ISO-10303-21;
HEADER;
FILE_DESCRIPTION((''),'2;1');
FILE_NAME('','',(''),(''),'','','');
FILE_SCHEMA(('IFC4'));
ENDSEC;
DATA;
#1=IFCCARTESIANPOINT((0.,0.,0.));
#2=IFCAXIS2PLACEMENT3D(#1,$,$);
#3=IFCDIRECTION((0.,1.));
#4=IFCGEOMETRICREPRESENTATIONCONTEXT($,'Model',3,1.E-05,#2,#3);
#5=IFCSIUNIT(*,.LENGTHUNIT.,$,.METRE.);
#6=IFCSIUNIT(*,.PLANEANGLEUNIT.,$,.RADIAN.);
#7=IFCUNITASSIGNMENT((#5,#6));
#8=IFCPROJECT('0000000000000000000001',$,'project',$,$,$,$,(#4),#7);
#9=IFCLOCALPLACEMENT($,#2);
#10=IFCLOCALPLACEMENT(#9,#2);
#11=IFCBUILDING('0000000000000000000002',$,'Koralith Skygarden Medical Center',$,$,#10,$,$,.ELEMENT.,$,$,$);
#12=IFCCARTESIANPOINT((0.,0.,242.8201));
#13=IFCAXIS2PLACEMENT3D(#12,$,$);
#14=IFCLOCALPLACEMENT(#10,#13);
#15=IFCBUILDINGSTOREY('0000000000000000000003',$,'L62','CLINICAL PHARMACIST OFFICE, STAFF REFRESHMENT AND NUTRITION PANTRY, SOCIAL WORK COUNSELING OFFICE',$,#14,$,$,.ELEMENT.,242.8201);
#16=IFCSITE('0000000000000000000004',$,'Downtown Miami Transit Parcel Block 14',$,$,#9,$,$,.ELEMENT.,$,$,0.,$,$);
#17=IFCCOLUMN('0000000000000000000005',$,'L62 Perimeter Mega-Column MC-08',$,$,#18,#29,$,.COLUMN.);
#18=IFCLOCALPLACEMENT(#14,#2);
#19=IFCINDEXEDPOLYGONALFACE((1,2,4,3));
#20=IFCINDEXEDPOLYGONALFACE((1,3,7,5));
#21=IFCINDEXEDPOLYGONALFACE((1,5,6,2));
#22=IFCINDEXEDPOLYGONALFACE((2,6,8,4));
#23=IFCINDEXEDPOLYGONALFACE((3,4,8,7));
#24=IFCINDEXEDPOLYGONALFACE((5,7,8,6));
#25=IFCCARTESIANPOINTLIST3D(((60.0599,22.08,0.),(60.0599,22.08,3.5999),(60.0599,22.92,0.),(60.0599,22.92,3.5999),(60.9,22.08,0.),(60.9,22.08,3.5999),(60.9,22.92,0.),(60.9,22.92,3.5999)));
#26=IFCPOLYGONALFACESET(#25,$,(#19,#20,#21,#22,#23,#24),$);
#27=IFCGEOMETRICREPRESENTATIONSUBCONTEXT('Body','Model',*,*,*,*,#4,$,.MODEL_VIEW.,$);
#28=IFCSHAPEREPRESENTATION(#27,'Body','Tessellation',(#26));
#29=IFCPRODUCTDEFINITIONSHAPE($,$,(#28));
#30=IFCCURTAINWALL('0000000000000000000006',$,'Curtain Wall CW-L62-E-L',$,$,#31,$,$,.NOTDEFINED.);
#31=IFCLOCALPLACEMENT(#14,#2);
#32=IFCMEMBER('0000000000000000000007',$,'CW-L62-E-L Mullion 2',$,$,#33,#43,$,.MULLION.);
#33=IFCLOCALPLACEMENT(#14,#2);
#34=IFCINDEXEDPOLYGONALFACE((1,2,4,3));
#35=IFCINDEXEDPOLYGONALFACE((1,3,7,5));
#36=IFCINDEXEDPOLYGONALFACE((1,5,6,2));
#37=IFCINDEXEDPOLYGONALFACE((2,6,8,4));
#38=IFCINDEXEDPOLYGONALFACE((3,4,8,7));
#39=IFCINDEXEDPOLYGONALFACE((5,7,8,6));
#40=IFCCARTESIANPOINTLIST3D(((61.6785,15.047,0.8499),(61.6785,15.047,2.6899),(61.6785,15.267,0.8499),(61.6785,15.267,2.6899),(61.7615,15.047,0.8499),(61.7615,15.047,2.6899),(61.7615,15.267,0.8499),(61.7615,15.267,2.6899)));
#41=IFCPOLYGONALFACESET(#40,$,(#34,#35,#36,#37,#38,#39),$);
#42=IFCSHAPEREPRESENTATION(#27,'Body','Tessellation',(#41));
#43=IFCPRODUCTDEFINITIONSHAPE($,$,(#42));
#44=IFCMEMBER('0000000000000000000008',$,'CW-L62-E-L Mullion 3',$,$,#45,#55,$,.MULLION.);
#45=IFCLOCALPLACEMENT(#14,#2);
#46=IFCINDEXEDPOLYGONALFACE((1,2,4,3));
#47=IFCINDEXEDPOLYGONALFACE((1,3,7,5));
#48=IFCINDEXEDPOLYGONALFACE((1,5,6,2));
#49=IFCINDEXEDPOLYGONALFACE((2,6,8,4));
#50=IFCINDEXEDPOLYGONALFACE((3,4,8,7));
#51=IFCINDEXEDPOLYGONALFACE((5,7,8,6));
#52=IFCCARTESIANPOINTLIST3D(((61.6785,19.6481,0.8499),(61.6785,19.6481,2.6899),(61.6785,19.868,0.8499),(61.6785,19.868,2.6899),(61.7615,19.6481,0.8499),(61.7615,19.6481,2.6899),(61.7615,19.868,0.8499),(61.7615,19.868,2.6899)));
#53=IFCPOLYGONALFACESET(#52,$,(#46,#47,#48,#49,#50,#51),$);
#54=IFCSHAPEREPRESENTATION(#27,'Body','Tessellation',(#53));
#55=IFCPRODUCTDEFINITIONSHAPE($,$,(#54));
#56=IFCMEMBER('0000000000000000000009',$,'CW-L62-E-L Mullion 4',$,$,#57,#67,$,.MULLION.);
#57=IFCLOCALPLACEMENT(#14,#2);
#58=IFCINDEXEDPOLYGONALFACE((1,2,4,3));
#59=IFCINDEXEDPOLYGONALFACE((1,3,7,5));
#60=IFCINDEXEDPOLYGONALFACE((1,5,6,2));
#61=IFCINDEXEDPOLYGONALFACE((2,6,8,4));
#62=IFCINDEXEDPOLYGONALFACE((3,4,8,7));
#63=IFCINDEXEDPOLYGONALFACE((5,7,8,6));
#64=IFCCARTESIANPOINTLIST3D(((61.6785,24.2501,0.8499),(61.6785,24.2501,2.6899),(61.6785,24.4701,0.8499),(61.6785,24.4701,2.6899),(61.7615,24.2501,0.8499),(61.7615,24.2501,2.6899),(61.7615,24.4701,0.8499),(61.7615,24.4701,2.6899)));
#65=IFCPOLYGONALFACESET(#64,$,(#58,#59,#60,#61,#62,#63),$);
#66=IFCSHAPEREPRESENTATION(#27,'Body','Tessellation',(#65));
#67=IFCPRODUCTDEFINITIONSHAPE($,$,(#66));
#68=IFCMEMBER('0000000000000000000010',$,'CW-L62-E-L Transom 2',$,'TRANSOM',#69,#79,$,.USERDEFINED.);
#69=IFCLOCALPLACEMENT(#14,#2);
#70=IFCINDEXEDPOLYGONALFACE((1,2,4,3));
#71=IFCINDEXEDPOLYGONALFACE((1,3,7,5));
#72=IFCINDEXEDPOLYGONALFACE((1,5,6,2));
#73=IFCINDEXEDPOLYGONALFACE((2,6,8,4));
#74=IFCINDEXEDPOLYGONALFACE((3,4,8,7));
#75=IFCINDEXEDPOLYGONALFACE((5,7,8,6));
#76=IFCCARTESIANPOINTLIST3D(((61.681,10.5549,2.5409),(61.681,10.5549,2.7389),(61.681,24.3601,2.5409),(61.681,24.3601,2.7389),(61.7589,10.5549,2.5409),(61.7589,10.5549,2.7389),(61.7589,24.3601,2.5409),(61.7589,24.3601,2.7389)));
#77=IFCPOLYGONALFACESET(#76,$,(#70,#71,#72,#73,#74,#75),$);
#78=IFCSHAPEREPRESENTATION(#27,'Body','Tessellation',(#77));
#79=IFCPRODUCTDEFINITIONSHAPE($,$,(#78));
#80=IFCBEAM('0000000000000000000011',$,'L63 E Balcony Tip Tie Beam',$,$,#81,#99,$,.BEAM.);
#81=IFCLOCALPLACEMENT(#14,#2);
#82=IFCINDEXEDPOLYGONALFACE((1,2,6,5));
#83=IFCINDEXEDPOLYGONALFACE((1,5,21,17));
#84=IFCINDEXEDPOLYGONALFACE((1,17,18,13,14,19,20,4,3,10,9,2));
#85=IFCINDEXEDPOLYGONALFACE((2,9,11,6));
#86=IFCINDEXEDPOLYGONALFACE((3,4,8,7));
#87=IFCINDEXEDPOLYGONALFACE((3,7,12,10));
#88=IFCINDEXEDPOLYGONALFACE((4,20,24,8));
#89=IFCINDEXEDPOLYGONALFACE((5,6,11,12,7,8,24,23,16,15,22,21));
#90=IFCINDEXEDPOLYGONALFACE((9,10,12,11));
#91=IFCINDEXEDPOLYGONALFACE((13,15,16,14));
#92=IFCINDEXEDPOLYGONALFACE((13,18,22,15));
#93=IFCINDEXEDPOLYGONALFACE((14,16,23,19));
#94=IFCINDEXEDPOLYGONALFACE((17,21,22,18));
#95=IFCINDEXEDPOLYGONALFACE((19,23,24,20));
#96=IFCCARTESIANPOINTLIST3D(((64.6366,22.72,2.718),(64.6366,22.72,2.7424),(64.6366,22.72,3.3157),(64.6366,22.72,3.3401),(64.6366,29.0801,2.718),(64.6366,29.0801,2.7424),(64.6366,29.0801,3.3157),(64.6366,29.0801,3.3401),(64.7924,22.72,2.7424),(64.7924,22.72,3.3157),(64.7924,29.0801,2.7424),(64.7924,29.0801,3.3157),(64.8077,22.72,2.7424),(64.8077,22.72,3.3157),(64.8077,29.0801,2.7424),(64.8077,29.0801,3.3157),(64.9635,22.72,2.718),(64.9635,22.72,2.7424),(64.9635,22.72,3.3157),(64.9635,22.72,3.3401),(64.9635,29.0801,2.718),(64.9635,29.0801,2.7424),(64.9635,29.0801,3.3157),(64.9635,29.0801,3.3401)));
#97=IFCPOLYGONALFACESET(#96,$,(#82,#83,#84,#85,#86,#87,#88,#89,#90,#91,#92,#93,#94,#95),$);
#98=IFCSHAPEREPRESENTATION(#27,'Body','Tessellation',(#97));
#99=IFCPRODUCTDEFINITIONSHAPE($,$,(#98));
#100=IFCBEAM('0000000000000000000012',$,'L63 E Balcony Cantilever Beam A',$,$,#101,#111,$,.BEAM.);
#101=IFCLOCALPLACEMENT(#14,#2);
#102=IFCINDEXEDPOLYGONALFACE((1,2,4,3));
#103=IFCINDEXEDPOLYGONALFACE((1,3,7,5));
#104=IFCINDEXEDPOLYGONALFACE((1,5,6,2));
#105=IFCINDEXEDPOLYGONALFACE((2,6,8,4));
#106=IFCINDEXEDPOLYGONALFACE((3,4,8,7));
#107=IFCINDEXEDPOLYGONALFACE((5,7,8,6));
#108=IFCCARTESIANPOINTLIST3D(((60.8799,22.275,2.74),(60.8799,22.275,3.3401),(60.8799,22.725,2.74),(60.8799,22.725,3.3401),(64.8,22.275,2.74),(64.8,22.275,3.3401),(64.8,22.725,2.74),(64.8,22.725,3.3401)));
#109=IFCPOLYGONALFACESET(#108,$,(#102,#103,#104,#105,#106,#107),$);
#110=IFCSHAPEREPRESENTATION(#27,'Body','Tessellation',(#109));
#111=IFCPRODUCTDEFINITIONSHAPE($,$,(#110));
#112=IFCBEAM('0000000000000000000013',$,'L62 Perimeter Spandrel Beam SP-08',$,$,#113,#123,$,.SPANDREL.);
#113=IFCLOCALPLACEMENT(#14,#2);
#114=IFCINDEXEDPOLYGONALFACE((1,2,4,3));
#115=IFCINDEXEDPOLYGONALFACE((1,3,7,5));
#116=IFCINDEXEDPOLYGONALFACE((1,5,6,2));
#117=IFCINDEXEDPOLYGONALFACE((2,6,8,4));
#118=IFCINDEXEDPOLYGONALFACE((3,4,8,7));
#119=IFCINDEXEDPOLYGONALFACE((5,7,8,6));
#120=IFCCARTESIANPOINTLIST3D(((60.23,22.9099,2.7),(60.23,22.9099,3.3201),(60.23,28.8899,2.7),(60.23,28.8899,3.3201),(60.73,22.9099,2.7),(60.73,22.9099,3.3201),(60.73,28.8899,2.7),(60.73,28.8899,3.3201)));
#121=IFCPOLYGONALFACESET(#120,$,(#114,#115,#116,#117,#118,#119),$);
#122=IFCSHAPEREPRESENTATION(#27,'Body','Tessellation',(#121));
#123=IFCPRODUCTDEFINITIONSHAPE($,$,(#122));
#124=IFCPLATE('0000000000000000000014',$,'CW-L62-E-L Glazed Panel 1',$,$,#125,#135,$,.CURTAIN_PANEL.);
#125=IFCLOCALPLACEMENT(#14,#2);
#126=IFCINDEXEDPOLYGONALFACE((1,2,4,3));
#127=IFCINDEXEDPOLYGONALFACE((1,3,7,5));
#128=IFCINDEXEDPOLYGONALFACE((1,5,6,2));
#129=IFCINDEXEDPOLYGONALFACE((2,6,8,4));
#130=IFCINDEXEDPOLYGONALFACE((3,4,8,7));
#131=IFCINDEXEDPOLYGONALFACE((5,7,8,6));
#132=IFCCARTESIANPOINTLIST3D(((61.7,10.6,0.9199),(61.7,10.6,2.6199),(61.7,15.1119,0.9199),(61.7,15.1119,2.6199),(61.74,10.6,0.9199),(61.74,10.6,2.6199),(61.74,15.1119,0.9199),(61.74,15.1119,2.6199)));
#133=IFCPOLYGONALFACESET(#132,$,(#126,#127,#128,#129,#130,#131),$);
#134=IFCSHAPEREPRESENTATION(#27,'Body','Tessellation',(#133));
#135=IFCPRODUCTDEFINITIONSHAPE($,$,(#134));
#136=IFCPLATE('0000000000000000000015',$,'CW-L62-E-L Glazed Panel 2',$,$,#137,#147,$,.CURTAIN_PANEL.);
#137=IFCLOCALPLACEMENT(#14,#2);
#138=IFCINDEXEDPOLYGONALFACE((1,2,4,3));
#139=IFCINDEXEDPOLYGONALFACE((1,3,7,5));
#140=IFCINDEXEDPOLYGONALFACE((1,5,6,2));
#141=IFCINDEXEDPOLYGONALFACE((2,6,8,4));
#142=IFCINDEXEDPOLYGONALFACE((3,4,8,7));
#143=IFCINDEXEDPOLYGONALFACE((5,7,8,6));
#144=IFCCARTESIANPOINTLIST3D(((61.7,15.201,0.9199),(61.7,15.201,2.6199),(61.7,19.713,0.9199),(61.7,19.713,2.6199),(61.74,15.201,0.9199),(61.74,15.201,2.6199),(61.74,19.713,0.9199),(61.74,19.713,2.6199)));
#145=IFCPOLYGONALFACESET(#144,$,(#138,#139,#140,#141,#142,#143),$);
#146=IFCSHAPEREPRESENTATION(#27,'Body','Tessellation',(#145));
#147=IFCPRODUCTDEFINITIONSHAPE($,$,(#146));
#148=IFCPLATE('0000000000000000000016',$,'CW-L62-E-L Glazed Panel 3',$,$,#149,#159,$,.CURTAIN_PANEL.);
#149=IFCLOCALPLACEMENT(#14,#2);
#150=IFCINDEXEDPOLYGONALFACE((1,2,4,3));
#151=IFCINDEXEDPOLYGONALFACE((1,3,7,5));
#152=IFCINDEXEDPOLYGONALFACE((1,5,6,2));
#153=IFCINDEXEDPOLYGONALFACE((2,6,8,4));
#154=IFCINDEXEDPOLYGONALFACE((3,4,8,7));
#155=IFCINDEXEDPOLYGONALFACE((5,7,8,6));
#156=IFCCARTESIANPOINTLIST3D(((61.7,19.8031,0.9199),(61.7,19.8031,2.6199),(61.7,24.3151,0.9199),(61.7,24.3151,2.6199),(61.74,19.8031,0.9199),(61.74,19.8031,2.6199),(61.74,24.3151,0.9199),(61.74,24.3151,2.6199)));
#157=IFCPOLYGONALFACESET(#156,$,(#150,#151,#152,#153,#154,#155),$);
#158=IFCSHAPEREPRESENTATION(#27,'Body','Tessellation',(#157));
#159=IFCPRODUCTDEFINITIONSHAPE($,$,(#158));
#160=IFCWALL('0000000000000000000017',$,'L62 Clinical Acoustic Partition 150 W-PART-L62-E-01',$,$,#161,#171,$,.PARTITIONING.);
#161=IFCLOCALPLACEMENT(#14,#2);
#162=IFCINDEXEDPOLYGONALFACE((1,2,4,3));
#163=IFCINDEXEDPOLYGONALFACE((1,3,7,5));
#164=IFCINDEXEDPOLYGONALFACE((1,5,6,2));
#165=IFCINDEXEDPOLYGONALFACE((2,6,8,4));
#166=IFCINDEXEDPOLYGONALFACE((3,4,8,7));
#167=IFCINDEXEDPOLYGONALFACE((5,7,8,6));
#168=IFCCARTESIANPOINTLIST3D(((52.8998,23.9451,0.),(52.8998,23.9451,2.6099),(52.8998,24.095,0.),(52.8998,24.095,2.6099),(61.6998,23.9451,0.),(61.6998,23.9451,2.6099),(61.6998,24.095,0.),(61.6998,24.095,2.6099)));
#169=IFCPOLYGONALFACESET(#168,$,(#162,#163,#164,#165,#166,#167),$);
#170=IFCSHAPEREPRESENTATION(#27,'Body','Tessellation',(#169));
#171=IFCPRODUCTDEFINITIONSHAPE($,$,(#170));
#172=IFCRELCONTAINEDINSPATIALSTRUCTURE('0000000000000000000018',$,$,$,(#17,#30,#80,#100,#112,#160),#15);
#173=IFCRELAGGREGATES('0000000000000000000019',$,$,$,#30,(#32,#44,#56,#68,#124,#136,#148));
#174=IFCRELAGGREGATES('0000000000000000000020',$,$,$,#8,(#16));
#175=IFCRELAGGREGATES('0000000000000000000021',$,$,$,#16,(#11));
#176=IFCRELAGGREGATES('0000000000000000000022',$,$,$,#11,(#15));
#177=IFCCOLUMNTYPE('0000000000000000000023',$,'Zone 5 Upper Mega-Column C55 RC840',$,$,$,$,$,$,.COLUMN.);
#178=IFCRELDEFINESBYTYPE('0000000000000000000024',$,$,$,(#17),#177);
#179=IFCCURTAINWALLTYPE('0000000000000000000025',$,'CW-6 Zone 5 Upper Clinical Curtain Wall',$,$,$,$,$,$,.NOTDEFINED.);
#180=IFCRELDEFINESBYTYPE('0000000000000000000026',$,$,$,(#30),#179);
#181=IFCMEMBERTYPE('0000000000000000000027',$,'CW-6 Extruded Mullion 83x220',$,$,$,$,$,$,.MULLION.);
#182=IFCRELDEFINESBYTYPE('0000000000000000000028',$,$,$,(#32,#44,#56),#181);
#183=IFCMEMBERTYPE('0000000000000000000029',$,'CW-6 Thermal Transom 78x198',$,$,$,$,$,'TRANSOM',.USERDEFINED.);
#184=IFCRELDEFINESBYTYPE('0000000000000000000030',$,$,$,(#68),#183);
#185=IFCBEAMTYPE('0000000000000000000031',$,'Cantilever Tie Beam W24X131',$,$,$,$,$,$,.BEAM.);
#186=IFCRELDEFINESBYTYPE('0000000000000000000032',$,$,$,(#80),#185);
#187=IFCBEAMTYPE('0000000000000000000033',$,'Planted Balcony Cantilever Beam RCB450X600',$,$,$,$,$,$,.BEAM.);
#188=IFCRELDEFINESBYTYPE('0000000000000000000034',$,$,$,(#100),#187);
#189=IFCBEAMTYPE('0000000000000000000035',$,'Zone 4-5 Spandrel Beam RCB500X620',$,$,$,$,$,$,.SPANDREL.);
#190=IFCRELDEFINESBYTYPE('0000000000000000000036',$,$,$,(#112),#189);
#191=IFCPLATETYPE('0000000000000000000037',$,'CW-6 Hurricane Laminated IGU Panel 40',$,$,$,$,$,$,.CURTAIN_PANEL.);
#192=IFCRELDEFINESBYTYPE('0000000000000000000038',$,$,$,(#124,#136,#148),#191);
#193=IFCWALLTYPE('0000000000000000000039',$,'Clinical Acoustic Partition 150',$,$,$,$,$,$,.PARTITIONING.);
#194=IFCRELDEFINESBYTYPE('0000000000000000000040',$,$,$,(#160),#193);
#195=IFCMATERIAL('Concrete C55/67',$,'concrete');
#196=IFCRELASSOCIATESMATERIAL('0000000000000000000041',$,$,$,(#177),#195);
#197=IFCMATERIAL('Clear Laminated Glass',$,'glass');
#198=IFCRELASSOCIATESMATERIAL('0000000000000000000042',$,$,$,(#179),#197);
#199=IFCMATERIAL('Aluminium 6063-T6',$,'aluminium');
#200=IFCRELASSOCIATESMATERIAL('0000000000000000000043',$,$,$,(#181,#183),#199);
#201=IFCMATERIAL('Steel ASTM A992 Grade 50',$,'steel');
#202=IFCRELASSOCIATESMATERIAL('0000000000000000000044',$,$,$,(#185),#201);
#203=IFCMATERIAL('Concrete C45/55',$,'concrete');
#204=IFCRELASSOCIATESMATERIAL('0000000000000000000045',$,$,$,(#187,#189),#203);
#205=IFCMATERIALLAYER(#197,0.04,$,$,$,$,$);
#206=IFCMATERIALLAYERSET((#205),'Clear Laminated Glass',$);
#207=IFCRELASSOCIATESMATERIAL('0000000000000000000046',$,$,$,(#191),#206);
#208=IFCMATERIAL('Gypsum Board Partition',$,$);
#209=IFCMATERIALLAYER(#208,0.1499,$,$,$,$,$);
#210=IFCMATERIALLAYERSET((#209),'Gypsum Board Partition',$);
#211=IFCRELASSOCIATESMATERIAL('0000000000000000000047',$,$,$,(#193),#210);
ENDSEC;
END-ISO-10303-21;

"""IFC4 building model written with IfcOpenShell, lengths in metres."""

from ifc_helpers import new_model, si_unit, direction, frame, frame_2d, origin, origin_2d, place, context, subcontext, project, spatial, rectangle, i_section, extrude, material, layer, layer_set, material_profile, profile_set, type_object, element, aggregate, save


model = new_model("IFC4")

# Units and contexts
model_context = context("Model", 3, precision=1e-05, world=origin(), true_north=direction((0.0, 1.0)))
body_context = subcontext(model_context, "Body", "Model", "MODEL_VIEW")
ifc_project = project(units=[si_unit("LENGTHUNIT", "METRE"), si_unit("PLANEANGLEUNIT", "RADIAN")], contexts=[model_context])

# Site, building, storey
site_placement = place(None, origin())
site = spatial("IfcSite", under=ifc_project, at=site_placement, Name="Downtown Miami Transit Parcel Block 14", CompositionType="ELEMENT", RefElevation=0.0)
building_placement = place(site_placement, origin())
building = spatial("IfcBuilding", under=site, at=building_placement, Name="Koralith Skygarden Medical Center", CompositionType="ELEMENT")
storey_placement = place(building_placement, frame((0.0, 0.0, 242.8201)))
storey = spatial("IfcBuildingStorey", under=building, at=storey_placement, Name="L62", Description="CLINICAL PHARMACIST OFFICE, STAFF REFRESHMENT AND NUTRITION PANTRY, SOCIAL WORK COUNSELING OFFICE", CompositionType="ELEMENT", Elevation=242.8201)

# Column
ifc_material_1 = material(Name="Concrete C55/67", Category="concrete")
ifc_material_profile_1 = material_profile(ifc_material_1, rectangle(XDim=0.8401, YDim=0.8401, at=origin_2d()), Name="RC840X840")
ifc_profile_set_1 = profile_set([ifc_material_profile_1], Name="Concrete C55/67")
column_type = type_object("IfcColumnType", Name="Zone 5 Upper Mega-Column C55 RC840", PredefinedType="COLUMN", material=ifc_profile_set_1)
column_placement = place(storey_placement, frame((60.48, 22.5, 0.0), z_axis=(0.0, 0.0, 1.0), x_axis=(1.0, 0.0, 0.0)))
element("IfcColumn", 1, at=column_placement, inside=storey, type_object=column_type, Name="L62 Perimeter Mega-Column MC-08", PredefinedType="COLUMN", context=body_context, shape_type="SweptSolid", body=[
    extrude(rectangle(XDim=0.8401, YDim=0.8401, at=origin_2d()), origin(), (0.0, 0.0, 1.0), 3.5999),
])

# Curtain wall, members
ifc_material_2 = material(Name="Clear Laminated Glass", Category="glass")
curtain_wall_type = type_object("IfcCurtainWallType", Name="CW-6 Zone 5 Upper Clinical Curtain Wall", PredefinedType="NOTDEFINED", material=ifc_material_2)
curtain_wall_placement = place(storey_placement, origin())
curtain_wall = element("IfcCurtainWall", 2, at=curtain_wall_placement, inside=storey, type_object=curtain_wall_type, Name="Curtain Wall CW-L62-E-L", PredefinedType="NOTDEFINED")
ifc_material_3 = material(Name="Aluminium 6063-T6", Category="aluminium")
ifc_material_profile_2 = material_profile(ifc_material_3, rectangle(XDim=0.083, YDim=0.22, at=origin_2d()), Name="MUL83X220")
ifc_profile_set_2 = profile_set([ifc_material_profile_2], Name="Aluminium 6063-T6")
member_type_1 = type_object("IfcMemberType", Name="CW-6 Extruded Mullion 83x220", PredefinedType="MULLION", material=ifc_profile_set_2)
member_1_placement = place(storey_placement, frame((61.72, 15.157, 0.8499), z_axis=(0.0, 0.0, 1.0), x_axis=(1.0, 0.0, 0.0)))
member_1 = element("IfcMember", 3, at=member_1_placement, type_object=member_type_1, Name="CW-L62-E-L Mullion 2", PredefinedType="MULLION", context=body_context, shape_type="SweptSolid", body=[
    extrude(rectangle(XDim=0.083, YDim=0.22, at=origin_2d()), origin(), (0.0, 0.0, 1.0), 1.8401),
])
member_2_placement = place(storey_placement, frame((61.72, 19.7581, 0.8499), z_axis=(0.0, 0.0, 1.0), x_axis=(1.0, 0.0, 0.0)))
member_2 = element("IfcMember", 4, at=member_2_placement, type_object=member_type_1, Name="CW-L62-E-L Mullion 3", PredefinedType="MULLION", context=body_context, shape_type="SweptSolid", body=[
    extrude(rectangle(XDim=0.083, YDim=0.22, at=origin_2d()), origin(), (0.0, 0.0, 1.0), 1.8401),
])
member_3_placement = place(storey_placement, frame((61.72, 24.3601, 0.8499), z_axis=(0.0, 0.0, 1.0), x_axis=(1.0, 0.0, 0.0)))
member_3 = element("IfcMember", 5, at=member_3_placement, type_object=member_type_1, Name="CW-L62-E-L Mullion 4", PredefinedType="MULLION", context=body_context, shape_type="SweptSolid", body=[
    extrude(rectangle(XDim=0.083, YDim=0.22, at=origin_2d()), origin(), (0.0, 0.0, 1.0), 1.8401),
])
ifc_material_profile_3 = material_profile(ifc_material_3, rectangle(XDim=0.0779, YDim=0.198, at=origin_2d()), Name="TRN78X198")
ifc_profile_set_3 = profile_set([ifc_material_profile_3], Name="Aluminium 6063-T6")
member_type_2 = type_object("IfcMemberType", Name="CW-6 Thermal Transom 78x198", ElementType="TRANSOM", PredefinedType="USERDEFINED", material=ifc_profile_set_3)
member_4_placement = place(storey_placement, frame((61.72, 10.5549, 2.6399), z_axis=(0.0, 1.0, 0.0), x_axis=(-1.0, 0.0, 0.0)))
member_4 = element("IfcMember", 6, at=member_4_placement, type_object=member_type_2, Name="CW-L62-E-L Transom 2", ObjectType="TRANSOM", PredefinedType="USERDEFINED", context=body_context, shape_type="SweptSolid", body=[
    extrude(rectangle(XDim=0.0779, YDim=0.198, at=origin_2d()), origin(), (0.0, 0.0, 1.0), 13.8052),
])

# Beams
ifc_material_4 = material(Name="Steel ASTM A992 Grade 50", Category="steel")
ifc_material_profile_4 = material_profile(ifc_material_4, i_section(OverallWidth=0.3269, OverallDepth=0.6221, WebThickness=0.0154, FlangeThickness=0.0244, at=origin_2d()), Name="W24X131")
ifc_profile_set_4 = profile_set([ifc_material_profile_4], Name="Steel ASTM A992 Grade 50")
beam_type_1 = type_object("IfcBeamType", Name="Cantilever Tie Beam W24X131", PredefinedType="BEAM", material=ifc_profile_set_4)
beam_1_placement = place(storey_placement, frame((64.8, 22.72, 3.0291), z_axis=(0.0, 1.0, 0.0), x_axis=(-1.0, 0.0, 0.0)))
element("IfcBeam", 7, at=beam_1_placement, inside=storey, type_object=beam_type_1, Name="L63 E Balcony Tip Tie Beam", PredefinedType="BEAM", context=body_context, shape_type="SweptSolid", body=[
    extrude(i_section(OverallWidth=0.3269, OverallDepth=0.6221, WebThickness=0.0154, FlangeThickness=0.0244, at=origin_2d()), origin(), (0.0, 0.0, 1.0), 6.3601),
])
ifc_material_5 = material(Name="Concrete C45/55", Category="concrete")
ifc_material_profile_5 = material_profile(ifc_material_5, rectangle(XDim=0.45, YDim=0.6001, at=origin_2d()), Name="RCB450X600")
ifc_profile_set_5 = profile_set([ifc_material_profile_5], Name="Concrete C45/55")
beam_type_2 = type_object("IfcBeamType", Name="Planted Balcony Cantilever Beam RCB450X600", PredefinedType="BEAM", material=ifc_profile_set_5)
beam_2_placement = place(storey_placement, frame((60.8799, 22.5, 3.04), z_axis=(1.0, 0.0, 0.0), x_axis=(0.0, 1.0, 0.0)))
element("IfcBeam", 8, at=beam_2_placement, inside=storey, type_object=beam_type_2, Name="L63 E Balcony Cantilever Beam A", PredefinedType="BEAM", context=body_context, shape_type="SweptSolid", body=[
    extrude(rectangle(XDim=0.45, YDim=0.6001, at=origin_2d()), origin(), (0.0, 0.0, 1.0), 3.9202),
])
ifc_material_profile_6 = material_profile(ifc_material_5, rectangle(XDim=0.5, YDim=0.6201, at=origin_2d()), Name="RCB500X620")
ifc_profile_set_6 = profile_set([ifc_material_profile_6], Name="Concrete C45/55")
beam_type_3 = type_object("IfcBeamType", Name="Zone 4-5 Spandrel Beam RCB500X620", PredefinedType="SPANDREL", material=ifc_profile_set_6)
beam_3_placement = place(storey_placement, frame((60.48, 22.9099, 3.01), z_axis=(0.0, 1.0, 0.0), x_axis=(-1.0, 0.0, 0.0)))
element("IfcBeam", 9, at=beam_3_placement, inside=storey, type_object=beam_type_3, Name="L62 Perimeter Spandrel Beam SP-08", PredefinedType="SPANDREL", context=body_context, shape_type="SweptSolid", body=[
    extrude(rectangle(XDim=0.5, YDim=0.6201, at=origin_2d()), origin(), (0.0, 0.0, 1.0), 5.98),
])

# Plates
ifc_layer_1 = layer(ifc_material_2, 0.04)
ifc_layer_set_1 = layer_set([ifc_layer_1], Name="Clear Laminated Glass")
plate_type = type_object("IfcPlateType", Name="CW-6 Hurricane Laminated IGU Panel 40", PredefinedType="CURTAIN_PANEL", material=ifc_layer_set_1)
plate_1_placement = place(storey_placement, frame((61.72, 12.856, 0.9199), z_axis=(0.0, 0.0, 1.0), x_axis=(0.0, 1.0, 0.0)))
plate_1 = element("IfcPlate", 10, at=plate_1_placement, type_object=plate_type, Name="CW-L62-E-L Glazed Panel 1", PredefinedType="CURTAIN_PANEL", context=body_context, shape_type="SweptSolid", body=[
    extrude(rectangle(XDim=4.512, YDim=0.04, at=origin_2d()), origin(), (0.0, 0.0, 1.0), 1.7),
])
plate_2_placement = place(storey_placement, frame((61.72, 17.457, 0.9199), z_axis=(0.0, 0.0, 1.0), x_axis=(0.0, 1.0, 0.0)))
plate_2 = element("IfcPlate", 11, at=plate_2_placement, type_object=plate_type, Name="CW-L62-E-L Glazed Panel 2", PredefinedType="CURTAIN_PANEL", context=body_context, shape_type="SweptSolid", body=[
    extrude(rectangle(XDim=4.512, YDim=0.04, at=origin_2d()), origin(), (0.0, 0.0, 1.0), 1.7),
])
plate_3_placement = place(storey_placement, frame((61.72, 22.0591, 0.9199), z_axis=(0.0, 0.0, 1.0), x_axis=(0.0, 1.0, 0.0)))
plate_3 = element("IfcPlate", 12, at=plate_3_placement, type_object=plate_type, Name="CW-L62-E-L Glazed Panel 3", PredefinedType="CURTAIN_PANEL", context=body_context, shape_type="SweptSolid", body=[
    extrude(rectangle(XDim=4.512, YDim=0.04, at=origin_2d()), origin(), (0.0, 0.0, 1.0), 1.7),
])
aggregate(curtain_wall, [member_1, member_2, member_3, member_4, plate_1, plate_2, plate_3])

# Wall
ifc_material_6 = material(Name="Gypsum Board Partition")
ifc_layer_2 = layer(ifc_material_6, 0.1499)
ifc_layer_set_2 = layer_set([ifc_layer_2], Name="Gypsum Board Partition")
wall_type_1 = type_object("IfcWallType", Name="Clinical Acoustic Partition 150", PredefinedType="PARTITIONING", material=ifc_layer_set_2)
wall_1_placement = place(storey_placement, frame((52.8999, 24.02, 0.0), z_axis=(0.0, 0.0, 1.0), x_axis=(1.0, 0.0, 0.0)))
element("IfcWall", 13, at=wall_1_placement, inside=storey, type_object=wall_type_1, Name="L62 Clinical Acoustic Partition 150 W-PART-L62-E-01", PredefinedType="PARTITIONING", context=body_context, shape_type="SweptSolid", body=[
    extrude(rectangle(XDim=8.8, YDim=0.1499, at=frame_2d((4.3999, 0.0))), origin(), (0.0, 0.0, 1.0), 2.6099),
])

save(model, "model.ifc")
